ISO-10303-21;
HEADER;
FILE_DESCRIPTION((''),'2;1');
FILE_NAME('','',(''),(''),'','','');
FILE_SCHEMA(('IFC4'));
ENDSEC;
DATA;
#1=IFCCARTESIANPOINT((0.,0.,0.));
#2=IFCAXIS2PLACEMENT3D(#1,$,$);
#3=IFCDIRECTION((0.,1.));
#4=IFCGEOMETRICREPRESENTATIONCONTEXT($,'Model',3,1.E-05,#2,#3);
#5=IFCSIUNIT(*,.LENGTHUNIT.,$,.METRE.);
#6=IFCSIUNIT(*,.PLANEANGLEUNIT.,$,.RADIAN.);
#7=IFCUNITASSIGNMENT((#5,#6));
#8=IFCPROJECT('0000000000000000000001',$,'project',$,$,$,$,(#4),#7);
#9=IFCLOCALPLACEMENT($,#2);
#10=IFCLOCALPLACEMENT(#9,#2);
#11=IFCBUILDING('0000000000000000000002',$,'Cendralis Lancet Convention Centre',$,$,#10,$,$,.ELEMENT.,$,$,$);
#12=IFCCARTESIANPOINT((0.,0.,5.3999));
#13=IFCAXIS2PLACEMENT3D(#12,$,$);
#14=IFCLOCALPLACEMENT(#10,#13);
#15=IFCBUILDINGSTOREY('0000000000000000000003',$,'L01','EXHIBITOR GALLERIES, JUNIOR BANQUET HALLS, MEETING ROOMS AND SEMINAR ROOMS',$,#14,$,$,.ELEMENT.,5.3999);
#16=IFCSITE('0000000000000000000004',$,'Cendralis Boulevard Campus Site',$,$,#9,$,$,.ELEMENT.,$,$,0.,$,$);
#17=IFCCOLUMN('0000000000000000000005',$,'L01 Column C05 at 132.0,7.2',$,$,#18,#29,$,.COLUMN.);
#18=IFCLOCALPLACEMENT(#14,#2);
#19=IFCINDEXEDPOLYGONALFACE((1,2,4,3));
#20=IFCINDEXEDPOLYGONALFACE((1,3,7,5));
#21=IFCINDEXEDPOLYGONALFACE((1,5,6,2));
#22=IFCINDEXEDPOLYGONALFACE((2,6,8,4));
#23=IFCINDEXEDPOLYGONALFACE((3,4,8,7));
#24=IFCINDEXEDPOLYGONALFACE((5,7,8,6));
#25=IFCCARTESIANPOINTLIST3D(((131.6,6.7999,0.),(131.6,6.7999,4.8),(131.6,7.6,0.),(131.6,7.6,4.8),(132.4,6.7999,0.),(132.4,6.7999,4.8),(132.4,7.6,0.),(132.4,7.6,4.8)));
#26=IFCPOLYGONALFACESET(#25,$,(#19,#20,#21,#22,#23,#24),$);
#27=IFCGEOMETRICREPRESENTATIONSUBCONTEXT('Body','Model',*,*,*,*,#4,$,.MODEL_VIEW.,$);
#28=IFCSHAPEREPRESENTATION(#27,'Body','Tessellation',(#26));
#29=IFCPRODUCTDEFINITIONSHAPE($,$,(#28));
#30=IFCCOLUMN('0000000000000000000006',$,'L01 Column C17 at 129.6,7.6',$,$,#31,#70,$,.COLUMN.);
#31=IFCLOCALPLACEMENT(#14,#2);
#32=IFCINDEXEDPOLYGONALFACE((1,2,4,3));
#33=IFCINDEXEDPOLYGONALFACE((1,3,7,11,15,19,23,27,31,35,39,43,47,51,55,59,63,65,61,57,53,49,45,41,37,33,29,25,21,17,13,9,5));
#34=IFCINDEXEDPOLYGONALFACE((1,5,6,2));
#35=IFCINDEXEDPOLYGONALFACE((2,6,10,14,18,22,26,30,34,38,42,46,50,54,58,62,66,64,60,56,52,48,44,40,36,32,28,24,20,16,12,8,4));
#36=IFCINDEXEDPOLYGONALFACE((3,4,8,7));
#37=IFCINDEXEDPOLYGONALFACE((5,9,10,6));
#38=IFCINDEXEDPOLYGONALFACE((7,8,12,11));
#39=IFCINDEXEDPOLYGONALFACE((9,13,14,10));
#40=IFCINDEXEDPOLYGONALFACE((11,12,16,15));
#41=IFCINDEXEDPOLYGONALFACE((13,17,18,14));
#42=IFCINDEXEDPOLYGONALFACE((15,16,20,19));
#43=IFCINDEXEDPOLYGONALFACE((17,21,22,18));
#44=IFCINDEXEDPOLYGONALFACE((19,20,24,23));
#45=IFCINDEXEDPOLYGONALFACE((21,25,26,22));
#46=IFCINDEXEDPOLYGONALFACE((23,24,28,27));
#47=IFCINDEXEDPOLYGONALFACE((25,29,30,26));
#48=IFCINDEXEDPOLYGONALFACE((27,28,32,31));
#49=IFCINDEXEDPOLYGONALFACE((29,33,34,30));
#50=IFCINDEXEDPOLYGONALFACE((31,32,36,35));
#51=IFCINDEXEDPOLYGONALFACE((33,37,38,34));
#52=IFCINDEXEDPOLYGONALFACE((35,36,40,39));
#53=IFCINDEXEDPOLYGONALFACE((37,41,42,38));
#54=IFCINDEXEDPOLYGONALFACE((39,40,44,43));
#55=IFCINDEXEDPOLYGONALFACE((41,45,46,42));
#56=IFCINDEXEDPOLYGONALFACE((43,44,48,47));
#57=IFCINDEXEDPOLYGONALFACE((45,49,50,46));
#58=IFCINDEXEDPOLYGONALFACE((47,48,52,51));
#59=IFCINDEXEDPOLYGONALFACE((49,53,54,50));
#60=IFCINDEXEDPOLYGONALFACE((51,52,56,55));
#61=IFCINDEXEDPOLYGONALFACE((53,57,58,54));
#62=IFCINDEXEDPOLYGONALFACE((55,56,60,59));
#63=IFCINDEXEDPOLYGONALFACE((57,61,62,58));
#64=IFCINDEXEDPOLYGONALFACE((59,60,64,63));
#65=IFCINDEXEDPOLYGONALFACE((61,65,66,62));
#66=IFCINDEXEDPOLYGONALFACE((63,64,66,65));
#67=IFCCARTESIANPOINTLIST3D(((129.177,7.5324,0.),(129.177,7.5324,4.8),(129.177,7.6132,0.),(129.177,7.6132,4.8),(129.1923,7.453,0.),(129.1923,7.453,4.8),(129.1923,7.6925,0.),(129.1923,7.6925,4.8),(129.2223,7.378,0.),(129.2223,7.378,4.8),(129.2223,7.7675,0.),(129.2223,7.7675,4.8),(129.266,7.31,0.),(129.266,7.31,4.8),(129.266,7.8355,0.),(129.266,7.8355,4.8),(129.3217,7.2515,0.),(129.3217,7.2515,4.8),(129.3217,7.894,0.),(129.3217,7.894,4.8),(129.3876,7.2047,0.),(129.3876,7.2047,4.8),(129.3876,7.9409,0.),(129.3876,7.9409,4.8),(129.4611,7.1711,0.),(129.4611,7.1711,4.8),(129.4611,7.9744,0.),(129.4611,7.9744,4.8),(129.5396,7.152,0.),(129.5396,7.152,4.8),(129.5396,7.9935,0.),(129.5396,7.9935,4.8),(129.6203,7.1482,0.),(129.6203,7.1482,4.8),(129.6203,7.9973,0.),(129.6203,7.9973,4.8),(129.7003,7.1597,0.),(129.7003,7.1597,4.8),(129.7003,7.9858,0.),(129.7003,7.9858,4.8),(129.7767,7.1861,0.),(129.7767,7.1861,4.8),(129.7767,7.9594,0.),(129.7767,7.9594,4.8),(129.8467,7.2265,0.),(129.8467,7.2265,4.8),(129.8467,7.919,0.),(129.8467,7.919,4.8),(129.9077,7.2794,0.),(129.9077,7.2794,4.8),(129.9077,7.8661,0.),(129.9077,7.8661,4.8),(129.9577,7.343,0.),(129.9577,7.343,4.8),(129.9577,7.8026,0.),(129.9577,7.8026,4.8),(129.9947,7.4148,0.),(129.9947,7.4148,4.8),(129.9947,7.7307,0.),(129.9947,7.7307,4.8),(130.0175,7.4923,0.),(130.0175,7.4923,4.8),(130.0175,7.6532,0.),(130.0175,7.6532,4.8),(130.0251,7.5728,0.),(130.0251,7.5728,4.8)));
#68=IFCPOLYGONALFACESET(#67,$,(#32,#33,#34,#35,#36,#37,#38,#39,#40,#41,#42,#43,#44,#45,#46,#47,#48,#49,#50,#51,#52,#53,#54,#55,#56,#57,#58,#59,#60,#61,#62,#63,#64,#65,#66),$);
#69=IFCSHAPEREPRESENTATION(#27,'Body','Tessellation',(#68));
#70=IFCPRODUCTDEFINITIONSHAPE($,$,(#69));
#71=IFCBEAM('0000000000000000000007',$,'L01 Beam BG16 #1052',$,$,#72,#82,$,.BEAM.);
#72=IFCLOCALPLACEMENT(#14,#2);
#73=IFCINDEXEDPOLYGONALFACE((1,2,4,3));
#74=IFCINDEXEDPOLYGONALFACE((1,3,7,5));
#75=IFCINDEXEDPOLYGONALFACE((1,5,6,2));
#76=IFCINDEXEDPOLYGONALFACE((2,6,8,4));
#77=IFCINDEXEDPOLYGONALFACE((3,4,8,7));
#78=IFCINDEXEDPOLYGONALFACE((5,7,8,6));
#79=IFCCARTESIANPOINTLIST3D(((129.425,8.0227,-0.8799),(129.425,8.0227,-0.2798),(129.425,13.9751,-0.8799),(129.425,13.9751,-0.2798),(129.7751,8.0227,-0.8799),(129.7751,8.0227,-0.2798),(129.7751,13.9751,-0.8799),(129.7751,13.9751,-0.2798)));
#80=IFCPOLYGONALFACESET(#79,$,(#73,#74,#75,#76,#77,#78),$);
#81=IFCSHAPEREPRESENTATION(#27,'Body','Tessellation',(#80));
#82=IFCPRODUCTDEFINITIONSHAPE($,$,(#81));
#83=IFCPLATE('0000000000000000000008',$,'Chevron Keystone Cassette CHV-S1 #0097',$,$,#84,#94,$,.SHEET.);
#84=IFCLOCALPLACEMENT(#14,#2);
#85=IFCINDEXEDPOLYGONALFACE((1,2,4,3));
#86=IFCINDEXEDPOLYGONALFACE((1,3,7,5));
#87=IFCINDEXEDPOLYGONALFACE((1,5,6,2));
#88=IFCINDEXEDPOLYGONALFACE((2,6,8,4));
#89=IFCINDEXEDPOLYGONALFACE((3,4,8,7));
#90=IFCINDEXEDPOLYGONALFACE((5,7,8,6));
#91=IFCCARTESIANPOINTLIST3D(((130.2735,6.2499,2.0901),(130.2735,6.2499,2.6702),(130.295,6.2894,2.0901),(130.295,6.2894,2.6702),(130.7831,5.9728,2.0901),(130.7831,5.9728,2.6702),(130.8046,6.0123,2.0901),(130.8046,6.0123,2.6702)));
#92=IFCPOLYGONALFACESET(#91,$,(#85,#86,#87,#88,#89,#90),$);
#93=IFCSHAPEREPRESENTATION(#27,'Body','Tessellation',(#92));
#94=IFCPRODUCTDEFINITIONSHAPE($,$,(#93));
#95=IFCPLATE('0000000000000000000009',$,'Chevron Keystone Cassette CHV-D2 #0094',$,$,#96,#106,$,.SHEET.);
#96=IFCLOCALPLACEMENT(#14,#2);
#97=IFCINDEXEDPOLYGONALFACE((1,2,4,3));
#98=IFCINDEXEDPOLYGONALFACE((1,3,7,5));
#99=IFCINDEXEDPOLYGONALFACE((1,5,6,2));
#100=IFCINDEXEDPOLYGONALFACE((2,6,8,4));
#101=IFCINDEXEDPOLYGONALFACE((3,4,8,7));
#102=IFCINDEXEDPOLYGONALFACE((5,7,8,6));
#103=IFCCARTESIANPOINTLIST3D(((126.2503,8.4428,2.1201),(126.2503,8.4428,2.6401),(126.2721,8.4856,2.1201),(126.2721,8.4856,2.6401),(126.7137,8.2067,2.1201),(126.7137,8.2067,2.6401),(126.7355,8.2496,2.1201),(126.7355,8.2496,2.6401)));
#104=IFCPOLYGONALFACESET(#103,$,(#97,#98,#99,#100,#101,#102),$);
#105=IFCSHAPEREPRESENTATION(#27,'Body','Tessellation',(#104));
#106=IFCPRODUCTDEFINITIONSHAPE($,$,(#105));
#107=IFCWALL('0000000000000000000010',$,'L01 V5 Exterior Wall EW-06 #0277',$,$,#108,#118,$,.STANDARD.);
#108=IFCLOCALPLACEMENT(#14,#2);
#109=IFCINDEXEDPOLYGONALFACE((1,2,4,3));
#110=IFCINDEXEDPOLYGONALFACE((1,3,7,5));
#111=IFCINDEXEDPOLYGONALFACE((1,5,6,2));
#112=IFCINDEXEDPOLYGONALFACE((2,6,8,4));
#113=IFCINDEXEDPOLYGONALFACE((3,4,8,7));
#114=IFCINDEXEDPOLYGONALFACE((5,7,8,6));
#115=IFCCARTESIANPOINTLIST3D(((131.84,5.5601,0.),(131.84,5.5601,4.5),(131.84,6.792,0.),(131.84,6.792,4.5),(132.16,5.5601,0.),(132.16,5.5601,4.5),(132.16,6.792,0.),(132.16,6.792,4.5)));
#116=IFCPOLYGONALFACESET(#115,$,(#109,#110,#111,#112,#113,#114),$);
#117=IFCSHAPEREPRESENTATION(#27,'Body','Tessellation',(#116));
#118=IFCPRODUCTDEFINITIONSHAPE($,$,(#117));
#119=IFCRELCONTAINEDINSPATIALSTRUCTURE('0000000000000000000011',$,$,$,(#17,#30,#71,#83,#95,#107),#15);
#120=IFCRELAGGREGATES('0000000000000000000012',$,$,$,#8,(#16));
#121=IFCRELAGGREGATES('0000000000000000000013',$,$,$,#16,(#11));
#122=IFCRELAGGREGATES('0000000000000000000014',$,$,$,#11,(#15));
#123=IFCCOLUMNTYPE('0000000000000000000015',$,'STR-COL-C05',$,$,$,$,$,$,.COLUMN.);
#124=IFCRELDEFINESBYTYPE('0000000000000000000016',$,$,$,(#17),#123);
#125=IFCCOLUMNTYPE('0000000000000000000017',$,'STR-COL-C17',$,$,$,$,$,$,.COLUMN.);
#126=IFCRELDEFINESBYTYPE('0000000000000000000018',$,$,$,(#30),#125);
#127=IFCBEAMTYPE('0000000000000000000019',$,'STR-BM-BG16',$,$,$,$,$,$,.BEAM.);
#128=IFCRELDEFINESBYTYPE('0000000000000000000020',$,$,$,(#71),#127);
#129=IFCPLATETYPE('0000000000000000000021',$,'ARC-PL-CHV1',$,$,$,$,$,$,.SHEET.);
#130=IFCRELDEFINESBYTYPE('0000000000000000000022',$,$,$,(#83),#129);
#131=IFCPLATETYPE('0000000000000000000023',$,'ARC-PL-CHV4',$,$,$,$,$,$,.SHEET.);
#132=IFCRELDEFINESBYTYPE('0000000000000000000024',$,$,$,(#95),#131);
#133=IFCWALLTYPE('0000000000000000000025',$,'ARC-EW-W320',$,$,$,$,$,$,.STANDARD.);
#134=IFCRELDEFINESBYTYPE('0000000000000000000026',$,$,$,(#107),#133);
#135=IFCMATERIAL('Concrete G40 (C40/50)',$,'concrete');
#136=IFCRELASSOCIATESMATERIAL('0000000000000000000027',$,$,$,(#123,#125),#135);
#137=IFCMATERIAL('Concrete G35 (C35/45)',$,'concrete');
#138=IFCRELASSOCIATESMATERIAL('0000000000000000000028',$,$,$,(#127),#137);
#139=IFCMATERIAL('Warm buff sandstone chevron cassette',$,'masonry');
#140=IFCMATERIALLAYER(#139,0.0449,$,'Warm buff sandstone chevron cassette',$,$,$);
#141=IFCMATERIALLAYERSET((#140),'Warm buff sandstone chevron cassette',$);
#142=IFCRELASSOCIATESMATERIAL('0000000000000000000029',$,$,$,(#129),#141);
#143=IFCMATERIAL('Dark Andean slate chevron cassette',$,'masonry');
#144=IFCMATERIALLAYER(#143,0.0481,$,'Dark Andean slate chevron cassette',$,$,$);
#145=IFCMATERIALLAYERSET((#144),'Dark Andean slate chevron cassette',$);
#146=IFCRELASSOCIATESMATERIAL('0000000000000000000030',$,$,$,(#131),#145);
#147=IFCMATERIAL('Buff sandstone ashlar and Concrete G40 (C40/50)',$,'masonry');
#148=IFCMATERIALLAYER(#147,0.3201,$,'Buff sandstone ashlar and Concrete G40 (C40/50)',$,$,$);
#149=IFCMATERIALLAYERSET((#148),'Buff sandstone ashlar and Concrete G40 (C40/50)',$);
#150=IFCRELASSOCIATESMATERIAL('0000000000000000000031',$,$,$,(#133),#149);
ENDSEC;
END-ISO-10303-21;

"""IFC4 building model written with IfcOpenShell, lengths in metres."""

from ifc_helpers import new_model, si_unit, direction, frame, frame_2d, origin, origin_2d, place, context, subcontext, project, spatial, rectangle, circle, extrude, material, layer, layer_set, material_profile, profile_set, type_object, element, save


model = new_model("IFC4")

# Units and contexts
model_context = context("Model", 3, precision=1e-05, world=origin(), true_north=direction((0.0, 1.0)))
body_context = subcontext(model_context, "Body", "Model", "MODEL_VIEW")
ifc_project = project(units=[si_unit("LENGTHUNIT", "METRE"), si_unit("PLANEANGLEUNIT", "RADIAN")], contexts=[model_context])

# Site, building, storey
site_placement = place(None, origin())
site = spatial("IfcSite", under=ifc_project, at=site_placement, Name="Cendralis Boulevard Campus Site", CompositionType="ELEMENT", RefElevation=0.0)
building_placement = place(site_placement, origin())
building = spatial("IfcBuilding", under=site, at=building_placement, Name="Cendralis Lancet Convention Centre", CompositionType="ELEMENT")
storey_placement = place(building_placement, frame((0.0, 0.0, 5.3999)))
storey = spatial("IfcBuildingStorey", under=building, at=storey_placement, Name="L01", Description="EXHIBITOR GALLERIES, JUNIOR BANQUET HALLS, MEETING ROOMS AND SEMINAR ROOMS", CompositionType="ELEMENT", Elevation=5.3999)

# Columns
ifc_material_1 = material(Name="Concrete G40 (C40/50)", Category="concrete")
ifc_material_profile_1 = material_profile(ifc_material_1, rectangle(XDim=0.8, YDim=0.8, at=origin_2d()), Name="RC 800x800")
ifc_profile_set_1 = profile_set([ifc_material_profile_1], Name="Concrete G40 (C40/50)")
column_type_1 = type_object("IfcColumnType", Name="STR-COL-C05", PredefinedType="COLUMN", material=ifc_profile_set_1)
column_1_placement = place(storey_placement, frame((132.0, 7.2, 0.0), z_axis=(0.0, 0.0, 1.0), x_axis=(1.0, 0.0, 0.0)))
element("IfcColumn", 1, at=column_1_placement, inside=storey, type_object=column_type_1, Name="L01 Column C05 at 132.0,7.2", PredefinedType="COLUMN", context=body_context, shape_type="SweptSolid", body=[
    extrude(rectangle(XDim=0.8, YDim=0.8, at=origin_2d()), origin(), (0.0, 0.0, 1.0), 4.8),
])
ifc_material_profile_2 = material_profile(ifc_material_1, circle(Radius=0.425, at=origin_2d()), Name="RC D850")
ifc_profile_set_2 = profile_set([ifc_material_profile_2], Name="Concrete G40 (C40/50)")
column_type_2 = type_object("IfcColumnType", Name="STR-COL-C17", PredefinedType="COLUMN", material=ifc_profile_set_2)
column_2_placement = place(storey_placement, frame((129.6001, 7.5728, 0.0), z_axis=(0.0, 0.0, 1.0), x_axis=(1.0, 0.0, 0.0)))
element("IfcColumn", 2, at=column_2_placement, inside=storey, type_object=column_type_2, Name="L01 Column C17 at 129.6,7.6", PredefinedType="COLUMN", context=body_context, shape_type="SweptSolid", body=[
    extrude(circle(Radius=0.425, at=origin_2d()), origin(), (0.0, 0.0, 1.0), 4.8),
])

# Beam
ifc_material_2 = material(Name="Concrete G35 (C35/45)", Category="concrete")
ifc_material_profile_3 = material_profile(ifc_material_2, rectangle(XDim=0.3501, YDim=0.6001, at=origin_2d()), Name="RCB 350x600")
ifc_profile_set_3 = profile_set([ifc_material_profile_3], Name="Concrete G35 (C35/45)")
beam_type = type_object("IfcBeamType", Name="STR-BM-BG16", PredefinedType="BEAM", material=ifc_profile_set_3)
beam_placement = place(storey_placement, frame((129.6001, 8.0227, -0.5798), z_axis=(0.0, 1.0, 0.0), x_axis=(-1.0, 0.0, 0.0)))
element("IfcBeam", 3, at=beam_placement, inside=storey, type_object=beam_type, Name="L01 Beam BG16 #1052", PredefinedType="BEAM", context=body_context, shape_type="SweptSolid", body=[
    extrude(rectangle(XDim=0.3501, YDim=0.6001, at=origin_2d()), origin(), (0.0, 0.0, 1.0), 5.9524),
])

# Plates
ifc_material_3 = material(Name="Warm buff sandstone chevron cassette", Category="masonry")
ifc_layer_1 = layer(ifc_material_3, 0.0449, Name="Warm buff sandstone chevron cassette")
ifc_layer_set_1 = layer_set([ifc_layer_1], Name="Warm buff sandstone chevron cassette")
plate_type_1 = type_object("IfcPlateType", Name="ARC-PL-CHV1", PredefinedType="SHEET", material=ifc_layer_set_1)
plate_1_placement = place(storey_placement, frame((130.5391, 6.1311, 2.0901), z_axis=(0.0, 0.0, 1.0), x_axis=(0.878542, -0.477665, 0.0)))
element("IfcPlate", 4, at=plate_1_placement, inside=storey, type_object=plate_type_1, Name="Chevron Keystone Cassette CHV-S1 #0097", PredefinedType="SHEET", context=body_context, shape_type="SweptSolid", body=[
    extrude(rectangle(XDim=0.5801, YDim=0.0449, at=origin_2d()), origin(), (0.0, 0.0, 1.0), 0.5801),
])
ifc_material_4 = material(Name="Dark Andean slate chevron cassette", Category="masonry")
ifc_layer_2 = layer(ifc_material_4, 0.0481, Name="Dark Andean slate chevron cassette")
ifc_layer_set_2 = layer_set([ifc_layer_2], Name="Dark Andean slate chevron cassette")
plate_type_2 = type_object("IfcPlateType", Name="ARC-PL-CHV4", PredefinedType="SHEET", material=ifc_layer_set_2)
plate_2_placement = place(storey_placement, frame((126.4929, 8.3462, 2.1201), z_axis=(0.0, 0.0, 1.0), x_axis=(0.891062, -0.453882, 0.0)))
element("IfcPlate", 5, at=plate_2_placement, inside=storey, type_object=plate_type_2, Name="Chevron Keystone Cassette CHV-D2 #0094", PredefinedType="SHEET", context=body_context, shape_type="SweptSolid", body=[
    extrude(rectangle(XDim=0.52, YDim=0.0481, at=origin_2d()), origin(), (0.0, 0.0, 1.0), 0.52),
])

# Wall
ifc_material_5 = material(Name="Buff sandstone ashlar and Concrete G40 (C40/50)", Category="masonry")
ifc_layer_3 = layer(ifc_material_5, 0.3201, Name="Buff sandstone ashlar and Concrete G40 (C40/50)")
ifc_layer_set_3 = layer_set([ifc_layer_3], Name="Buff sandstone ashlar and Concrete G40 (C40/50)")
wall_type_1 = type_object("IfcWallType", Name="ARC-EW-W320", PredefinedType="STANDARD", material=ifc_layer_set_3)
wall_1_placement = place(storey_placement, frame((132.0, 5.5601, 0.0), z_axis=(0.0, 0.0, 1.0), x_axis=(0.0, 1.0, 0.0)))
element("IfcWall", 6, at=wall_1_placement, inside=storey, type_object=wall_type_1, Name="L01 V5 Exterior Wall EW-06 #0277", PredefinedType="STANDARD", context=body_context, shape_type="SweptSolid", body=[
    extrude(rectangle(XDim=1.2319, YDim=0.3201, at=frame_2d((0.616, 0.0))), origin(), (0.0, 0.0, 1.0), 4.5),
])

save(model, "model.ifc")
